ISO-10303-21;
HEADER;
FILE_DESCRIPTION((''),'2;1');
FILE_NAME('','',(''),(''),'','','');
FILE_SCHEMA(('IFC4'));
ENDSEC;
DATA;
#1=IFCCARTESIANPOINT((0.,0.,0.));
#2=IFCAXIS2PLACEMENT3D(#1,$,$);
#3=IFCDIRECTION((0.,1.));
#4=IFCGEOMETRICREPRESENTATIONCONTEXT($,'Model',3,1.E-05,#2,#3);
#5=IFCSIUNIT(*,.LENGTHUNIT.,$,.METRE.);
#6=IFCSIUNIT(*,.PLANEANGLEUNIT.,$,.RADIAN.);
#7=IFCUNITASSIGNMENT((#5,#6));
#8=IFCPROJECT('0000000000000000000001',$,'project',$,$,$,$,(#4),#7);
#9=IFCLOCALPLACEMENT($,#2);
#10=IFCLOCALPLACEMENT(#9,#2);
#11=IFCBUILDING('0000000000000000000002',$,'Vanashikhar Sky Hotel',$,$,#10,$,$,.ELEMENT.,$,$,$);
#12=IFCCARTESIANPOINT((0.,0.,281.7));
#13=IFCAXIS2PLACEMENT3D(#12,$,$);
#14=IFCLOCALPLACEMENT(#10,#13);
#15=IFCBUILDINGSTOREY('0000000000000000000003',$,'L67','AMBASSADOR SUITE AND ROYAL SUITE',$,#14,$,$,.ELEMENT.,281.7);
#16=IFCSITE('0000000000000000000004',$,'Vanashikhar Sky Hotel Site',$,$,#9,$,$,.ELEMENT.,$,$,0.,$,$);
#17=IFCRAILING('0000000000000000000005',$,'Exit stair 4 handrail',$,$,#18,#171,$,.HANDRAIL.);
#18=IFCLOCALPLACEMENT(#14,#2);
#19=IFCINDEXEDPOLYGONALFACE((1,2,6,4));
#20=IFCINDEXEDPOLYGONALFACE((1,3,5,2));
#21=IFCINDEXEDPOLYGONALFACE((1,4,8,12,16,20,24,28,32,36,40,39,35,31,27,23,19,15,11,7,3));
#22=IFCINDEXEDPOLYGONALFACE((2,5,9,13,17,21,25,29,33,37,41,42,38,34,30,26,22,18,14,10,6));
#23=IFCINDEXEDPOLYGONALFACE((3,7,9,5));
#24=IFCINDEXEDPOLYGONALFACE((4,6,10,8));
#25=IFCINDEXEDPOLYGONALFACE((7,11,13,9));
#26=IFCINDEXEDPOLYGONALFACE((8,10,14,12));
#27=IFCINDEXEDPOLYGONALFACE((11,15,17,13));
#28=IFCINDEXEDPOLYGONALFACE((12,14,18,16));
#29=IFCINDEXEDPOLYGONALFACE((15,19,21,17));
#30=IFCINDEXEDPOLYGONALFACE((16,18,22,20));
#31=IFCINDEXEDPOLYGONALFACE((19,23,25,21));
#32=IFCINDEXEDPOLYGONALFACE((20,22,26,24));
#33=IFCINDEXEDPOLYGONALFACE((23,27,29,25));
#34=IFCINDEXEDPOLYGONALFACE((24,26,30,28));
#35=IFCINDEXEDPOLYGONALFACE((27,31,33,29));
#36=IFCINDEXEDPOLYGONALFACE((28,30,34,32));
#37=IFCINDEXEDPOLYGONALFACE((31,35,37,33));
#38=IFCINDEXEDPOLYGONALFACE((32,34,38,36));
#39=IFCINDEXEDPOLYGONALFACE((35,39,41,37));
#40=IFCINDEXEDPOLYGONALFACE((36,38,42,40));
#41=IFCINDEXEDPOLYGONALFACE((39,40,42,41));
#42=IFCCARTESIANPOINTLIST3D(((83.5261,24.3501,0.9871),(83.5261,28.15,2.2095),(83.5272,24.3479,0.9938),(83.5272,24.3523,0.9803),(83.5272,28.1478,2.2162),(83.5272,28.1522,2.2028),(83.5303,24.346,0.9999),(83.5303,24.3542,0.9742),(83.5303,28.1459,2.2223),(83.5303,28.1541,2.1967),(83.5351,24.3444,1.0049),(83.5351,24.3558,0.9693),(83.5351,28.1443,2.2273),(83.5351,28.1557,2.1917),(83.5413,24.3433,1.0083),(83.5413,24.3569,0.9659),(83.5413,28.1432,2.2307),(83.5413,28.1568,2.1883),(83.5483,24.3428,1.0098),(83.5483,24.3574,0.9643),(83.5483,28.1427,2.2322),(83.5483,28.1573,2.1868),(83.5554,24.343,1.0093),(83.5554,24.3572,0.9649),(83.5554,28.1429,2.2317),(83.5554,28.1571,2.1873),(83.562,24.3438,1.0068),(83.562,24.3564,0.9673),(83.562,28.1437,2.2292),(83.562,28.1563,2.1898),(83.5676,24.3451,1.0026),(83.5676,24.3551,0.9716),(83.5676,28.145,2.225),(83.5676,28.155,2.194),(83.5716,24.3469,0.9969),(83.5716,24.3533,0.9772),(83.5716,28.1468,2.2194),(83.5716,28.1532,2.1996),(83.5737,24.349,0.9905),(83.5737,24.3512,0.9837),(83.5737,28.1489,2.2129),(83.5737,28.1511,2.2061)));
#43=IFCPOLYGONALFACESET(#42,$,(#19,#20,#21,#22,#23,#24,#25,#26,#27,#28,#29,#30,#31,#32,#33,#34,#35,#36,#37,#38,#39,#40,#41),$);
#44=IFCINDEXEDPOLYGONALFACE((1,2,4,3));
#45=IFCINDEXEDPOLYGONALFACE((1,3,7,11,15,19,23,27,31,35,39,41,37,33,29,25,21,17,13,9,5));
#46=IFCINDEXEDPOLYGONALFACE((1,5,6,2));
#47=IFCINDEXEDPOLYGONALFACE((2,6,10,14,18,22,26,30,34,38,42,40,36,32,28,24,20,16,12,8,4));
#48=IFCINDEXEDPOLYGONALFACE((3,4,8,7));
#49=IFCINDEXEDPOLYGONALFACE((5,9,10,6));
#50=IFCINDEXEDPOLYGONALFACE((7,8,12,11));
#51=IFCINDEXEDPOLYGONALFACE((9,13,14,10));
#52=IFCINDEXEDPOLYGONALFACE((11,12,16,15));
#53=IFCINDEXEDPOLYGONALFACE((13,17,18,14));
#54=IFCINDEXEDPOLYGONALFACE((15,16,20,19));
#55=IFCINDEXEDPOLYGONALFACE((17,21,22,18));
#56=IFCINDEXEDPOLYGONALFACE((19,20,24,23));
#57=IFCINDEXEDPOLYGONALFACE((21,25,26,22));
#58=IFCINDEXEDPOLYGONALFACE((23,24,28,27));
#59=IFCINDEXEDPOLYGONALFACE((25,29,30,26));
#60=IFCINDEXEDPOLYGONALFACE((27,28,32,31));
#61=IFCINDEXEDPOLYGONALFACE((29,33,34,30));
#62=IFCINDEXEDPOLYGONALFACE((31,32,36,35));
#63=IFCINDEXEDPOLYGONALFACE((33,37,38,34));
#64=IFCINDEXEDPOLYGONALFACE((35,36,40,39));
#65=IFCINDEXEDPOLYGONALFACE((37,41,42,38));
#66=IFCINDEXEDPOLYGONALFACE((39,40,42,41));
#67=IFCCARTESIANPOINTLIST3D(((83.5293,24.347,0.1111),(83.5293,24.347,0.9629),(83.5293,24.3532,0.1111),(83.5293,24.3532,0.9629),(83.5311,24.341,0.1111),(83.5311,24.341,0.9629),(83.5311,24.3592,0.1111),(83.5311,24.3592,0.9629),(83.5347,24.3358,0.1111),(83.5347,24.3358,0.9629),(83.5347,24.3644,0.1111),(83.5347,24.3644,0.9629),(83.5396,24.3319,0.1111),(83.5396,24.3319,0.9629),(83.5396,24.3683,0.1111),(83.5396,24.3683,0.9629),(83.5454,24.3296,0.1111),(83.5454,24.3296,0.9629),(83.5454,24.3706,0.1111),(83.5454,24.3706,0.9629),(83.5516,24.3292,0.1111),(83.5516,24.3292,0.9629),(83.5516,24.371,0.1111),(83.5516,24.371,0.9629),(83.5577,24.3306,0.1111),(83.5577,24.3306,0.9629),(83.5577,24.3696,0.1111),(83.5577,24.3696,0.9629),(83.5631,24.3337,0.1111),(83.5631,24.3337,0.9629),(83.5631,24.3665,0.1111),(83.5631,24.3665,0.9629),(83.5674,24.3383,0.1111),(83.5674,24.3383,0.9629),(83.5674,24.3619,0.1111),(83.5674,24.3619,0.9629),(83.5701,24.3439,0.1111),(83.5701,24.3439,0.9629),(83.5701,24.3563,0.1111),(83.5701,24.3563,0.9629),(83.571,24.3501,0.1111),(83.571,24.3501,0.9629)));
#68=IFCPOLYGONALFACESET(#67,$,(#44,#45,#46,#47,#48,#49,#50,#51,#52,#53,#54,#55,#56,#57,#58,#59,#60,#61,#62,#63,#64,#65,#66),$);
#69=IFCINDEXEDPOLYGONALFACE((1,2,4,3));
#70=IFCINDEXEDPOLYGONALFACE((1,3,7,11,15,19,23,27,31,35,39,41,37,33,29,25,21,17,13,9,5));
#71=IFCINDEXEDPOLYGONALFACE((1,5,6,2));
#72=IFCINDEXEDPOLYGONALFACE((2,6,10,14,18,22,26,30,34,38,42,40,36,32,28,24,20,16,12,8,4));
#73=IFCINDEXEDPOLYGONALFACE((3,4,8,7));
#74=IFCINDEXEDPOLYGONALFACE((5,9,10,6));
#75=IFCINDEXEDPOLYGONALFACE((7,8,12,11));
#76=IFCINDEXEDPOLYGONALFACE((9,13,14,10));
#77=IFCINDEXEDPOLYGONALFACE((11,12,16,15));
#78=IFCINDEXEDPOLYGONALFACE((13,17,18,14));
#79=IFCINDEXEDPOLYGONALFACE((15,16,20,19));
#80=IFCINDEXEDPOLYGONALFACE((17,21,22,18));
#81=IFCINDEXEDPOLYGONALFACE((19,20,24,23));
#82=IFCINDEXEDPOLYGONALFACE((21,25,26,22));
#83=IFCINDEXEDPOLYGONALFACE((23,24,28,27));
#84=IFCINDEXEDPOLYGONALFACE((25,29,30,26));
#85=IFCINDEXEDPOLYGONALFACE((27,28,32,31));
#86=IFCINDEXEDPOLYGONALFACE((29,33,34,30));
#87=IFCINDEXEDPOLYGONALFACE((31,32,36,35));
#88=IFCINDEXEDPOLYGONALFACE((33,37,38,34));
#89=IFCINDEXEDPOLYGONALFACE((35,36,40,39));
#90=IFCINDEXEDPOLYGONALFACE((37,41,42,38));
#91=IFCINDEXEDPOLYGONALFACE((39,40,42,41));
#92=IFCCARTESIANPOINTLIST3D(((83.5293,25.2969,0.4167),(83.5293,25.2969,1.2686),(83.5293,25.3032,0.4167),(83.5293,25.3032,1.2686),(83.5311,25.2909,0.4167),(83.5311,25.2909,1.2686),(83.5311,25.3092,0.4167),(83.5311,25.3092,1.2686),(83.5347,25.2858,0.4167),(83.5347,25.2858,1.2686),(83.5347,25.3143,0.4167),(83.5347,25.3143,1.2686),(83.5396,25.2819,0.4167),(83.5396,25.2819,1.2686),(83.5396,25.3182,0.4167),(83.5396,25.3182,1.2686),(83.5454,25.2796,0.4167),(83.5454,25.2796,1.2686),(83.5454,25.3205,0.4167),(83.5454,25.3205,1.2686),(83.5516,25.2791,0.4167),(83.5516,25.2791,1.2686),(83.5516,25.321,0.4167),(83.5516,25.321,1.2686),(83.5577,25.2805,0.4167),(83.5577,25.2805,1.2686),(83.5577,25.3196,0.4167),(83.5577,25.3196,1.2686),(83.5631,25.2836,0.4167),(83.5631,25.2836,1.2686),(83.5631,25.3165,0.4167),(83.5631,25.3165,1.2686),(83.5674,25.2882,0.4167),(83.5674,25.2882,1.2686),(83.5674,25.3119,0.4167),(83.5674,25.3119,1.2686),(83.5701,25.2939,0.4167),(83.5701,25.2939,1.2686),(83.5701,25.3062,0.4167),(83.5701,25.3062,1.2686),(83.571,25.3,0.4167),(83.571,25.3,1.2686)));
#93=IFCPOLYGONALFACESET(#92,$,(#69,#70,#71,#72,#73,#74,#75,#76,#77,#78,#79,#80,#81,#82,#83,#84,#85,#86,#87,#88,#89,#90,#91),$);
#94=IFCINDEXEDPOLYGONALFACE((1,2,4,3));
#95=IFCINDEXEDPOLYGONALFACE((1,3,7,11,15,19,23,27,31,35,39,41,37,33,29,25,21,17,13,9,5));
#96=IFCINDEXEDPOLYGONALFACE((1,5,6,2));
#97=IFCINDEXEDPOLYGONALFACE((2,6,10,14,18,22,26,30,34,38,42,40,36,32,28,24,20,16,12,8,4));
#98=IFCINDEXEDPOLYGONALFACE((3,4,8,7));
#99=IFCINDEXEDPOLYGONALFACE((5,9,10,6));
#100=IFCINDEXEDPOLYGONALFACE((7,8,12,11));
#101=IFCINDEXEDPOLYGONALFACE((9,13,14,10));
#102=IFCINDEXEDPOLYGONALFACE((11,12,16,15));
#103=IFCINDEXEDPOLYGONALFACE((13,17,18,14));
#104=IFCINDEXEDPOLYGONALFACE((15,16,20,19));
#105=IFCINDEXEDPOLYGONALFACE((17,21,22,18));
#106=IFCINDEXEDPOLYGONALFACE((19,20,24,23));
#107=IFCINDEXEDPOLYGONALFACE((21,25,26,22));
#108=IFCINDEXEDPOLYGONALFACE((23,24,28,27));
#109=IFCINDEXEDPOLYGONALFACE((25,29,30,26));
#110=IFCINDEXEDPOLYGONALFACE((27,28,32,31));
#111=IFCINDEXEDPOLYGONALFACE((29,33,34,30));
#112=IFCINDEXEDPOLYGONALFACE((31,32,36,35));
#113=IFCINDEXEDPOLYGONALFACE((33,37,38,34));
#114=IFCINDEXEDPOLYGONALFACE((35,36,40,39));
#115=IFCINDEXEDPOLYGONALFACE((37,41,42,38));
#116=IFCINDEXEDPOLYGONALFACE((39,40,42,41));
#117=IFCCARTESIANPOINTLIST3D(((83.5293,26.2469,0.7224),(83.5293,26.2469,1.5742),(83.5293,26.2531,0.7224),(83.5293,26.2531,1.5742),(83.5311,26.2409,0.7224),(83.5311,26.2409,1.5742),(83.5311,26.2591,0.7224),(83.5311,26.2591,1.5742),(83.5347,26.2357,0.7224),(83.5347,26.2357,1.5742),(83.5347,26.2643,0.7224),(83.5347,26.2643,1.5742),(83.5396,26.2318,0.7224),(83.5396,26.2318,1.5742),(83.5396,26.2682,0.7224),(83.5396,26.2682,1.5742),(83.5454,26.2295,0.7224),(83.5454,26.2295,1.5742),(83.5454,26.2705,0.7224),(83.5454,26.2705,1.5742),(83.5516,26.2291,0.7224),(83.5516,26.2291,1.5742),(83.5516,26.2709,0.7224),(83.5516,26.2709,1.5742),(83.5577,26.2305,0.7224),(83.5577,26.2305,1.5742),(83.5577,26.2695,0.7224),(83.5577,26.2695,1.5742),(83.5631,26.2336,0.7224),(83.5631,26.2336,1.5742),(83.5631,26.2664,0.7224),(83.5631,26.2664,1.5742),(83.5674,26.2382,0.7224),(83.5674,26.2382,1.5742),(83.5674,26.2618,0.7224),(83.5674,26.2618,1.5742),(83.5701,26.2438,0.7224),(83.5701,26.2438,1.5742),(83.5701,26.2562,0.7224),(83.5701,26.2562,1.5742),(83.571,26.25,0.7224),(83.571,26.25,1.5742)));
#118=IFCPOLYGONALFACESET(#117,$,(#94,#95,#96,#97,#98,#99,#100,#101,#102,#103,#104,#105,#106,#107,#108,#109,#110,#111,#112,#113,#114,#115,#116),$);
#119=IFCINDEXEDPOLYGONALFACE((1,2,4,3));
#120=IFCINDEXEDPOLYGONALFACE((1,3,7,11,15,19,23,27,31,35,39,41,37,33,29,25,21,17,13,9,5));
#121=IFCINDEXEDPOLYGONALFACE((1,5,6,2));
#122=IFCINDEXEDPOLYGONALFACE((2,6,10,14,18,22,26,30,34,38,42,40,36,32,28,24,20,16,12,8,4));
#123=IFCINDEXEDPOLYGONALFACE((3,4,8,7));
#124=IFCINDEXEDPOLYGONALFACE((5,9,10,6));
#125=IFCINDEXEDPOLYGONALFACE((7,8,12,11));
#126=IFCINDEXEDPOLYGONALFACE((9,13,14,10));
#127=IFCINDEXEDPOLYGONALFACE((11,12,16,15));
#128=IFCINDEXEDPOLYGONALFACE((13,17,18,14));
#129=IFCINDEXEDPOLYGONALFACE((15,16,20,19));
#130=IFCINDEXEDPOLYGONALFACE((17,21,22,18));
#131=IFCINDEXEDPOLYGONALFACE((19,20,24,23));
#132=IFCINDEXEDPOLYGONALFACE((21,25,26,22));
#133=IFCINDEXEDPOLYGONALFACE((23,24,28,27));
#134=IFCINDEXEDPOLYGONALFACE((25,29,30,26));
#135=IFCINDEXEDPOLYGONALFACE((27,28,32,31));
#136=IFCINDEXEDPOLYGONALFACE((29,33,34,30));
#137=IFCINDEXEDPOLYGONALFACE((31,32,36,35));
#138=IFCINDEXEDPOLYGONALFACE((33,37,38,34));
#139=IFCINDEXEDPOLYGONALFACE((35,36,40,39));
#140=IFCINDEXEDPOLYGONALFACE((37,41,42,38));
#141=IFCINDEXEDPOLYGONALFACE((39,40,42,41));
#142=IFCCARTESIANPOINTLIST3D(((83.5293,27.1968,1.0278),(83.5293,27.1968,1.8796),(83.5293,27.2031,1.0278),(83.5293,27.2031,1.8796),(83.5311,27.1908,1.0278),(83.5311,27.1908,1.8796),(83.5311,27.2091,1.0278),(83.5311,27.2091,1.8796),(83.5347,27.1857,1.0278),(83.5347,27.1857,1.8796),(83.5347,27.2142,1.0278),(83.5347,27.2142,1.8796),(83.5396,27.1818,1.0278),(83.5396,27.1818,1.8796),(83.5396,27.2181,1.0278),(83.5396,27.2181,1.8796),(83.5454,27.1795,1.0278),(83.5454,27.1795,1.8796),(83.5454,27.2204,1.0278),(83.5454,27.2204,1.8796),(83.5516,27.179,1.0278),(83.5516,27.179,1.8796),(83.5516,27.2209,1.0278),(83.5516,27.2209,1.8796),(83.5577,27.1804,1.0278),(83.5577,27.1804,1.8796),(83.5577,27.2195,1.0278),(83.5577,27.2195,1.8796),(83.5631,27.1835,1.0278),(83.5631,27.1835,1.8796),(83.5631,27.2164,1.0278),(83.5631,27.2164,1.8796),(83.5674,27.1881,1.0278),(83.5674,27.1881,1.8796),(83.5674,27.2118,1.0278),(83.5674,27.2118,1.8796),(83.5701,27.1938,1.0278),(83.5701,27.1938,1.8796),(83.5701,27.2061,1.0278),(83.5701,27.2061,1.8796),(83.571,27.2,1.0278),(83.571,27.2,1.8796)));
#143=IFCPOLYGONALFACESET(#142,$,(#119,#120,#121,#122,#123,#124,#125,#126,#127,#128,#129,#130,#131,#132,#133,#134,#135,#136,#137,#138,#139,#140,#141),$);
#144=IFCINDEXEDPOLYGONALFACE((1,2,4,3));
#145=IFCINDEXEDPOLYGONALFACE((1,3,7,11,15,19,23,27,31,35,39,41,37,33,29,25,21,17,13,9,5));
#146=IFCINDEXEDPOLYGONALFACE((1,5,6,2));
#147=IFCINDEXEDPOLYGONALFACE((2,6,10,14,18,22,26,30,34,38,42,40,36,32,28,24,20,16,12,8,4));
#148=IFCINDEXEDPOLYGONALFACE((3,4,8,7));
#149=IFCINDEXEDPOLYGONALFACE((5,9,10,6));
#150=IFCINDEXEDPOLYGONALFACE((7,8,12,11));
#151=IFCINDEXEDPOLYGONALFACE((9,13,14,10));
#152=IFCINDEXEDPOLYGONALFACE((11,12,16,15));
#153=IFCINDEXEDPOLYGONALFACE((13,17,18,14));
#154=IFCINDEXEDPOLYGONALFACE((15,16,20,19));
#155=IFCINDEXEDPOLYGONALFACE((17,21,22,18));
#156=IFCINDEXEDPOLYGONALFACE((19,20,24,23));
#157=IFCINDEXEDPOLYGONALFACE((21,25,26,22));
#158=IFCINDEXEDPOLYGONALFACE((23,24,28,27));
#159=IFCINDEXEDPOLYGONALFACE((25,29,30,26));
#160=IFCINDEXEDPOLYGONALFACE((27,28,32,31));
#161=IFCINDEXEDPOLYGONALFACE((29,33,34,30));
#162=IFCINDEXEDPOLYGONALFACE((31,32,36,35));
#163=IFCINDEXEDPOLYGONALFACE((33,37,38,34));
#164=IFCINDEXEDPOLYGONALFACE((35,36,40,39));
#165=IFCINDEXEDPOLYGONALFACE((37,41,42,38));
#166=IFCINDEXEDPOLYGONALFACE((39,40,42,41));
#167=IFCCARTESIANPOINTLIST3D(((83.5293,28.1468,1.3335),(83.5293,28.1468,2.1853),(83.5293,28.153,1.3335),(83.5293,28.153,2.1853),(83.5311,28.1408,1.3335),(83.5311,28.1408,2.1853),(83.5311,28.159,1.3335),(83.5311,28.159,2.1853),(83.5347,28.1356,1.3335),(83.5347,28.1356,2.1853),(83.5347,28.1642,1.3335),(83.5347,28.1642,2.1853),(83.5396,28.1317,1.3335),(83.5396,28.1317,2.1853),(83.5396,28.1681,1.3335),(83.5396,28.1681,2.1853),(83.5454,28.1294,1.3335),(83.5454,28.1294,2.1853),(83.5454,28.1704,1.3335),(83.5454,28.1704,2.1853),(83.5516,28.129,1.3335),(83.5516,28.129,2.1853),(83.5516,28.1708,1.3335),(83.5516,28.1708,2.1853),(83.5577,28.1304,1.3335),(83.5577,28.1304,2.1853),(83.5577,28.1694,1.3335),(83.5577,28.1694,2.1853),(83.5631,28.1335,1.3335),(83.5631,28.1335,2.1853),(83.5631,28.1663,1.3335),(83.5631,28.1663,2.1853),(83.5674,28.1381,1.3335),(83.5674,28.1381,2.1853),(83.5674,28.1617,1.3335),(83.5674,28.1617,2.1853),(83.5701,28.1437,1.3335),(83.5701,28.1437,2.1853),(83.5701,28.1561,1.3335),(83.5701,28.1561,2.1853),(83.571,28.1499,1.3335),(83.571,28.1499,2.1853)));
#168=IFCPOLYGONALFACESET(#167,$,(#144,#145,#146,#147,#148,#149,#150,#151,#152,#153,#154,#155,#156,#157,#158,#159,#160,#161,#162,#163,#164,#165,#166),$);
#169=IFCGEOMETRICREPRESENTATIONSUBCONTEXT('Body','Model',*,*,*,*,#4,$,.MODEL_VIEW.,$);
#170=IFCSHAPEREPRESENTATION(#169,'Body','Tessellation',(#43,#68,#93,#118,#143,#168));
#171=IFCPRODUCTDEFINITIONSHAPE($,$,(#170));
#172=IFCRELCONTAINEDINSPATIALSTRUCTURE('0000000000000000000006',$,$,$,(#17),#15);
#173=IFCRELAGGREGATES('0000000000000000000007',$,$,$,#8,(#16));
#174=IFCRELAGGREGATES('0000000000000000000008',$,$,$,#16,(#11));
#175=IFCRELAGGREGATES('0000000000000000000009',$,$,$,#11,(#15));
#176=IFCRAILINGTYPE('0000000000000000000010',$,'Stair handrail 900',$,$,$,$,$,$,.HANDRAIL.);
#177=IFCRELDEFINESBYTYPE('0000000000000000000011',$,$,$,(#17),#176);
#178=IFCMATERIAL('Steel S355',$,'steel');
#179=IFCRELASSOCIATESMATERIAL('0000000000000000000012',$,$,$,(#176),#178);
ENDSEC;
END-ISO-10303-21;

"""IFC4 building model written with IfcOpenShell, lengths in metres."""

from ifc_helpers import new_model, si_unit, direction, frame, origin, origin_2d, place, context, subcontext, project, spatial, circle, extrude, source, transform, mapped, material, type_object, element, save


model = new_model("IFC4")

# Units and contexts
model_context = context("Model", 3, precision=1e-05, world=origin(), true_north=direction((0.0, 1.0)))
body_context = subcontext(model_context, "Body", "Model", "MODEL_VIEW")
ifc_project = project(units=[si_unit("LENGTHUNIT", "METRE"), si_unit("PLANEANGLEUNIT", "RADIAN")], contexts=[model_context])

# Site, building, storey
site_placement = place(None, origin())
site = spatial("IfcSite", under=ifc_project, at=site_placement, Name="Vanashikhar Sky Hotel Site", CompositionType="ELEMENT", RefElevation=0.0)
building_placement = place(site_placement, origin())
building = spatial("IfcBuilding", under=site, at=building_placement, Name="Vanashikhar Sky Hotel", CompositionType="ELEMENT")
storey_placement = place(building_placement, frame((0.0, 0.0, 281.7)))
storey = spatial("IfcBuildingStorey", under=building, at=storey_placement, Name="L67", Description="AMBASSADOR SUITE AND ROYAL SUITE", CompositionType="ELEMENT", Elevation=281.7)

# Railing
ifc_material_1 = material(Name="Steel S355", Category="steel")
railing_type_1 = type_object("IfcRailingType", Name="Stair handrail 900", PredefinedType="HANDRAIL", material=ifc_material_1)
shared_shape_1 = source(origin(), body_context, "Body", "SweptSolid", [
    extrude(circle(Radius=0.0239, at=origin_2d()), frame((0.0, 0.0, 0.876), z_axis=(0.0, 0.951952, 0.306247), x_axis=(-1.0, 0.0, 0.0)), (0.0, 0.0, 1.0), 3.9917),
    extrude(circle(Radius=0.021, at=origin_2d()), origin(), (0.0, 0.0, 1.0), 0.8518),
    extrude(circle(Radius=0.021, at=origin_2d()), frame((0.0, 0.95, 0.3057)), (0.0, 0.0, 1.0), 0.8518),
    extrude(circle(Radius=0.021, at=origin_2d()), frame((0.0, 1.8999, 0.6113)), (0.0, 0.0, 1.0), 0.8518),
    extrude(circle(Radius=0.021, at=origin_2d()), frame((0.0, 2.8499, 0.9167)), (0.0, 0.0, 1.0), 0.8518),
    extrude(circle(Radius=0.021, at=origin_2d()), frame((0.0, 3.7998, 1.2224)), (0.0, 0.0, 1.0), 0.8518),
])
railing_1_placement = place(storey_placement, frame((83.55, 24.3501, 0.1111)))
element("IfcRailing", 1, at=railing_1_placement, inside=storey, type_object=railing_type_1, Name="Exit stair 4 handrail", PredefinedType="HANDRAIL", context=body_context, shape_type="MappedRepresentation", body=[
    mapped(shared_shape_1, transform((0.0, 0.0, 0.0), scale=1.0)),
])

save(model, "model.ifc")
